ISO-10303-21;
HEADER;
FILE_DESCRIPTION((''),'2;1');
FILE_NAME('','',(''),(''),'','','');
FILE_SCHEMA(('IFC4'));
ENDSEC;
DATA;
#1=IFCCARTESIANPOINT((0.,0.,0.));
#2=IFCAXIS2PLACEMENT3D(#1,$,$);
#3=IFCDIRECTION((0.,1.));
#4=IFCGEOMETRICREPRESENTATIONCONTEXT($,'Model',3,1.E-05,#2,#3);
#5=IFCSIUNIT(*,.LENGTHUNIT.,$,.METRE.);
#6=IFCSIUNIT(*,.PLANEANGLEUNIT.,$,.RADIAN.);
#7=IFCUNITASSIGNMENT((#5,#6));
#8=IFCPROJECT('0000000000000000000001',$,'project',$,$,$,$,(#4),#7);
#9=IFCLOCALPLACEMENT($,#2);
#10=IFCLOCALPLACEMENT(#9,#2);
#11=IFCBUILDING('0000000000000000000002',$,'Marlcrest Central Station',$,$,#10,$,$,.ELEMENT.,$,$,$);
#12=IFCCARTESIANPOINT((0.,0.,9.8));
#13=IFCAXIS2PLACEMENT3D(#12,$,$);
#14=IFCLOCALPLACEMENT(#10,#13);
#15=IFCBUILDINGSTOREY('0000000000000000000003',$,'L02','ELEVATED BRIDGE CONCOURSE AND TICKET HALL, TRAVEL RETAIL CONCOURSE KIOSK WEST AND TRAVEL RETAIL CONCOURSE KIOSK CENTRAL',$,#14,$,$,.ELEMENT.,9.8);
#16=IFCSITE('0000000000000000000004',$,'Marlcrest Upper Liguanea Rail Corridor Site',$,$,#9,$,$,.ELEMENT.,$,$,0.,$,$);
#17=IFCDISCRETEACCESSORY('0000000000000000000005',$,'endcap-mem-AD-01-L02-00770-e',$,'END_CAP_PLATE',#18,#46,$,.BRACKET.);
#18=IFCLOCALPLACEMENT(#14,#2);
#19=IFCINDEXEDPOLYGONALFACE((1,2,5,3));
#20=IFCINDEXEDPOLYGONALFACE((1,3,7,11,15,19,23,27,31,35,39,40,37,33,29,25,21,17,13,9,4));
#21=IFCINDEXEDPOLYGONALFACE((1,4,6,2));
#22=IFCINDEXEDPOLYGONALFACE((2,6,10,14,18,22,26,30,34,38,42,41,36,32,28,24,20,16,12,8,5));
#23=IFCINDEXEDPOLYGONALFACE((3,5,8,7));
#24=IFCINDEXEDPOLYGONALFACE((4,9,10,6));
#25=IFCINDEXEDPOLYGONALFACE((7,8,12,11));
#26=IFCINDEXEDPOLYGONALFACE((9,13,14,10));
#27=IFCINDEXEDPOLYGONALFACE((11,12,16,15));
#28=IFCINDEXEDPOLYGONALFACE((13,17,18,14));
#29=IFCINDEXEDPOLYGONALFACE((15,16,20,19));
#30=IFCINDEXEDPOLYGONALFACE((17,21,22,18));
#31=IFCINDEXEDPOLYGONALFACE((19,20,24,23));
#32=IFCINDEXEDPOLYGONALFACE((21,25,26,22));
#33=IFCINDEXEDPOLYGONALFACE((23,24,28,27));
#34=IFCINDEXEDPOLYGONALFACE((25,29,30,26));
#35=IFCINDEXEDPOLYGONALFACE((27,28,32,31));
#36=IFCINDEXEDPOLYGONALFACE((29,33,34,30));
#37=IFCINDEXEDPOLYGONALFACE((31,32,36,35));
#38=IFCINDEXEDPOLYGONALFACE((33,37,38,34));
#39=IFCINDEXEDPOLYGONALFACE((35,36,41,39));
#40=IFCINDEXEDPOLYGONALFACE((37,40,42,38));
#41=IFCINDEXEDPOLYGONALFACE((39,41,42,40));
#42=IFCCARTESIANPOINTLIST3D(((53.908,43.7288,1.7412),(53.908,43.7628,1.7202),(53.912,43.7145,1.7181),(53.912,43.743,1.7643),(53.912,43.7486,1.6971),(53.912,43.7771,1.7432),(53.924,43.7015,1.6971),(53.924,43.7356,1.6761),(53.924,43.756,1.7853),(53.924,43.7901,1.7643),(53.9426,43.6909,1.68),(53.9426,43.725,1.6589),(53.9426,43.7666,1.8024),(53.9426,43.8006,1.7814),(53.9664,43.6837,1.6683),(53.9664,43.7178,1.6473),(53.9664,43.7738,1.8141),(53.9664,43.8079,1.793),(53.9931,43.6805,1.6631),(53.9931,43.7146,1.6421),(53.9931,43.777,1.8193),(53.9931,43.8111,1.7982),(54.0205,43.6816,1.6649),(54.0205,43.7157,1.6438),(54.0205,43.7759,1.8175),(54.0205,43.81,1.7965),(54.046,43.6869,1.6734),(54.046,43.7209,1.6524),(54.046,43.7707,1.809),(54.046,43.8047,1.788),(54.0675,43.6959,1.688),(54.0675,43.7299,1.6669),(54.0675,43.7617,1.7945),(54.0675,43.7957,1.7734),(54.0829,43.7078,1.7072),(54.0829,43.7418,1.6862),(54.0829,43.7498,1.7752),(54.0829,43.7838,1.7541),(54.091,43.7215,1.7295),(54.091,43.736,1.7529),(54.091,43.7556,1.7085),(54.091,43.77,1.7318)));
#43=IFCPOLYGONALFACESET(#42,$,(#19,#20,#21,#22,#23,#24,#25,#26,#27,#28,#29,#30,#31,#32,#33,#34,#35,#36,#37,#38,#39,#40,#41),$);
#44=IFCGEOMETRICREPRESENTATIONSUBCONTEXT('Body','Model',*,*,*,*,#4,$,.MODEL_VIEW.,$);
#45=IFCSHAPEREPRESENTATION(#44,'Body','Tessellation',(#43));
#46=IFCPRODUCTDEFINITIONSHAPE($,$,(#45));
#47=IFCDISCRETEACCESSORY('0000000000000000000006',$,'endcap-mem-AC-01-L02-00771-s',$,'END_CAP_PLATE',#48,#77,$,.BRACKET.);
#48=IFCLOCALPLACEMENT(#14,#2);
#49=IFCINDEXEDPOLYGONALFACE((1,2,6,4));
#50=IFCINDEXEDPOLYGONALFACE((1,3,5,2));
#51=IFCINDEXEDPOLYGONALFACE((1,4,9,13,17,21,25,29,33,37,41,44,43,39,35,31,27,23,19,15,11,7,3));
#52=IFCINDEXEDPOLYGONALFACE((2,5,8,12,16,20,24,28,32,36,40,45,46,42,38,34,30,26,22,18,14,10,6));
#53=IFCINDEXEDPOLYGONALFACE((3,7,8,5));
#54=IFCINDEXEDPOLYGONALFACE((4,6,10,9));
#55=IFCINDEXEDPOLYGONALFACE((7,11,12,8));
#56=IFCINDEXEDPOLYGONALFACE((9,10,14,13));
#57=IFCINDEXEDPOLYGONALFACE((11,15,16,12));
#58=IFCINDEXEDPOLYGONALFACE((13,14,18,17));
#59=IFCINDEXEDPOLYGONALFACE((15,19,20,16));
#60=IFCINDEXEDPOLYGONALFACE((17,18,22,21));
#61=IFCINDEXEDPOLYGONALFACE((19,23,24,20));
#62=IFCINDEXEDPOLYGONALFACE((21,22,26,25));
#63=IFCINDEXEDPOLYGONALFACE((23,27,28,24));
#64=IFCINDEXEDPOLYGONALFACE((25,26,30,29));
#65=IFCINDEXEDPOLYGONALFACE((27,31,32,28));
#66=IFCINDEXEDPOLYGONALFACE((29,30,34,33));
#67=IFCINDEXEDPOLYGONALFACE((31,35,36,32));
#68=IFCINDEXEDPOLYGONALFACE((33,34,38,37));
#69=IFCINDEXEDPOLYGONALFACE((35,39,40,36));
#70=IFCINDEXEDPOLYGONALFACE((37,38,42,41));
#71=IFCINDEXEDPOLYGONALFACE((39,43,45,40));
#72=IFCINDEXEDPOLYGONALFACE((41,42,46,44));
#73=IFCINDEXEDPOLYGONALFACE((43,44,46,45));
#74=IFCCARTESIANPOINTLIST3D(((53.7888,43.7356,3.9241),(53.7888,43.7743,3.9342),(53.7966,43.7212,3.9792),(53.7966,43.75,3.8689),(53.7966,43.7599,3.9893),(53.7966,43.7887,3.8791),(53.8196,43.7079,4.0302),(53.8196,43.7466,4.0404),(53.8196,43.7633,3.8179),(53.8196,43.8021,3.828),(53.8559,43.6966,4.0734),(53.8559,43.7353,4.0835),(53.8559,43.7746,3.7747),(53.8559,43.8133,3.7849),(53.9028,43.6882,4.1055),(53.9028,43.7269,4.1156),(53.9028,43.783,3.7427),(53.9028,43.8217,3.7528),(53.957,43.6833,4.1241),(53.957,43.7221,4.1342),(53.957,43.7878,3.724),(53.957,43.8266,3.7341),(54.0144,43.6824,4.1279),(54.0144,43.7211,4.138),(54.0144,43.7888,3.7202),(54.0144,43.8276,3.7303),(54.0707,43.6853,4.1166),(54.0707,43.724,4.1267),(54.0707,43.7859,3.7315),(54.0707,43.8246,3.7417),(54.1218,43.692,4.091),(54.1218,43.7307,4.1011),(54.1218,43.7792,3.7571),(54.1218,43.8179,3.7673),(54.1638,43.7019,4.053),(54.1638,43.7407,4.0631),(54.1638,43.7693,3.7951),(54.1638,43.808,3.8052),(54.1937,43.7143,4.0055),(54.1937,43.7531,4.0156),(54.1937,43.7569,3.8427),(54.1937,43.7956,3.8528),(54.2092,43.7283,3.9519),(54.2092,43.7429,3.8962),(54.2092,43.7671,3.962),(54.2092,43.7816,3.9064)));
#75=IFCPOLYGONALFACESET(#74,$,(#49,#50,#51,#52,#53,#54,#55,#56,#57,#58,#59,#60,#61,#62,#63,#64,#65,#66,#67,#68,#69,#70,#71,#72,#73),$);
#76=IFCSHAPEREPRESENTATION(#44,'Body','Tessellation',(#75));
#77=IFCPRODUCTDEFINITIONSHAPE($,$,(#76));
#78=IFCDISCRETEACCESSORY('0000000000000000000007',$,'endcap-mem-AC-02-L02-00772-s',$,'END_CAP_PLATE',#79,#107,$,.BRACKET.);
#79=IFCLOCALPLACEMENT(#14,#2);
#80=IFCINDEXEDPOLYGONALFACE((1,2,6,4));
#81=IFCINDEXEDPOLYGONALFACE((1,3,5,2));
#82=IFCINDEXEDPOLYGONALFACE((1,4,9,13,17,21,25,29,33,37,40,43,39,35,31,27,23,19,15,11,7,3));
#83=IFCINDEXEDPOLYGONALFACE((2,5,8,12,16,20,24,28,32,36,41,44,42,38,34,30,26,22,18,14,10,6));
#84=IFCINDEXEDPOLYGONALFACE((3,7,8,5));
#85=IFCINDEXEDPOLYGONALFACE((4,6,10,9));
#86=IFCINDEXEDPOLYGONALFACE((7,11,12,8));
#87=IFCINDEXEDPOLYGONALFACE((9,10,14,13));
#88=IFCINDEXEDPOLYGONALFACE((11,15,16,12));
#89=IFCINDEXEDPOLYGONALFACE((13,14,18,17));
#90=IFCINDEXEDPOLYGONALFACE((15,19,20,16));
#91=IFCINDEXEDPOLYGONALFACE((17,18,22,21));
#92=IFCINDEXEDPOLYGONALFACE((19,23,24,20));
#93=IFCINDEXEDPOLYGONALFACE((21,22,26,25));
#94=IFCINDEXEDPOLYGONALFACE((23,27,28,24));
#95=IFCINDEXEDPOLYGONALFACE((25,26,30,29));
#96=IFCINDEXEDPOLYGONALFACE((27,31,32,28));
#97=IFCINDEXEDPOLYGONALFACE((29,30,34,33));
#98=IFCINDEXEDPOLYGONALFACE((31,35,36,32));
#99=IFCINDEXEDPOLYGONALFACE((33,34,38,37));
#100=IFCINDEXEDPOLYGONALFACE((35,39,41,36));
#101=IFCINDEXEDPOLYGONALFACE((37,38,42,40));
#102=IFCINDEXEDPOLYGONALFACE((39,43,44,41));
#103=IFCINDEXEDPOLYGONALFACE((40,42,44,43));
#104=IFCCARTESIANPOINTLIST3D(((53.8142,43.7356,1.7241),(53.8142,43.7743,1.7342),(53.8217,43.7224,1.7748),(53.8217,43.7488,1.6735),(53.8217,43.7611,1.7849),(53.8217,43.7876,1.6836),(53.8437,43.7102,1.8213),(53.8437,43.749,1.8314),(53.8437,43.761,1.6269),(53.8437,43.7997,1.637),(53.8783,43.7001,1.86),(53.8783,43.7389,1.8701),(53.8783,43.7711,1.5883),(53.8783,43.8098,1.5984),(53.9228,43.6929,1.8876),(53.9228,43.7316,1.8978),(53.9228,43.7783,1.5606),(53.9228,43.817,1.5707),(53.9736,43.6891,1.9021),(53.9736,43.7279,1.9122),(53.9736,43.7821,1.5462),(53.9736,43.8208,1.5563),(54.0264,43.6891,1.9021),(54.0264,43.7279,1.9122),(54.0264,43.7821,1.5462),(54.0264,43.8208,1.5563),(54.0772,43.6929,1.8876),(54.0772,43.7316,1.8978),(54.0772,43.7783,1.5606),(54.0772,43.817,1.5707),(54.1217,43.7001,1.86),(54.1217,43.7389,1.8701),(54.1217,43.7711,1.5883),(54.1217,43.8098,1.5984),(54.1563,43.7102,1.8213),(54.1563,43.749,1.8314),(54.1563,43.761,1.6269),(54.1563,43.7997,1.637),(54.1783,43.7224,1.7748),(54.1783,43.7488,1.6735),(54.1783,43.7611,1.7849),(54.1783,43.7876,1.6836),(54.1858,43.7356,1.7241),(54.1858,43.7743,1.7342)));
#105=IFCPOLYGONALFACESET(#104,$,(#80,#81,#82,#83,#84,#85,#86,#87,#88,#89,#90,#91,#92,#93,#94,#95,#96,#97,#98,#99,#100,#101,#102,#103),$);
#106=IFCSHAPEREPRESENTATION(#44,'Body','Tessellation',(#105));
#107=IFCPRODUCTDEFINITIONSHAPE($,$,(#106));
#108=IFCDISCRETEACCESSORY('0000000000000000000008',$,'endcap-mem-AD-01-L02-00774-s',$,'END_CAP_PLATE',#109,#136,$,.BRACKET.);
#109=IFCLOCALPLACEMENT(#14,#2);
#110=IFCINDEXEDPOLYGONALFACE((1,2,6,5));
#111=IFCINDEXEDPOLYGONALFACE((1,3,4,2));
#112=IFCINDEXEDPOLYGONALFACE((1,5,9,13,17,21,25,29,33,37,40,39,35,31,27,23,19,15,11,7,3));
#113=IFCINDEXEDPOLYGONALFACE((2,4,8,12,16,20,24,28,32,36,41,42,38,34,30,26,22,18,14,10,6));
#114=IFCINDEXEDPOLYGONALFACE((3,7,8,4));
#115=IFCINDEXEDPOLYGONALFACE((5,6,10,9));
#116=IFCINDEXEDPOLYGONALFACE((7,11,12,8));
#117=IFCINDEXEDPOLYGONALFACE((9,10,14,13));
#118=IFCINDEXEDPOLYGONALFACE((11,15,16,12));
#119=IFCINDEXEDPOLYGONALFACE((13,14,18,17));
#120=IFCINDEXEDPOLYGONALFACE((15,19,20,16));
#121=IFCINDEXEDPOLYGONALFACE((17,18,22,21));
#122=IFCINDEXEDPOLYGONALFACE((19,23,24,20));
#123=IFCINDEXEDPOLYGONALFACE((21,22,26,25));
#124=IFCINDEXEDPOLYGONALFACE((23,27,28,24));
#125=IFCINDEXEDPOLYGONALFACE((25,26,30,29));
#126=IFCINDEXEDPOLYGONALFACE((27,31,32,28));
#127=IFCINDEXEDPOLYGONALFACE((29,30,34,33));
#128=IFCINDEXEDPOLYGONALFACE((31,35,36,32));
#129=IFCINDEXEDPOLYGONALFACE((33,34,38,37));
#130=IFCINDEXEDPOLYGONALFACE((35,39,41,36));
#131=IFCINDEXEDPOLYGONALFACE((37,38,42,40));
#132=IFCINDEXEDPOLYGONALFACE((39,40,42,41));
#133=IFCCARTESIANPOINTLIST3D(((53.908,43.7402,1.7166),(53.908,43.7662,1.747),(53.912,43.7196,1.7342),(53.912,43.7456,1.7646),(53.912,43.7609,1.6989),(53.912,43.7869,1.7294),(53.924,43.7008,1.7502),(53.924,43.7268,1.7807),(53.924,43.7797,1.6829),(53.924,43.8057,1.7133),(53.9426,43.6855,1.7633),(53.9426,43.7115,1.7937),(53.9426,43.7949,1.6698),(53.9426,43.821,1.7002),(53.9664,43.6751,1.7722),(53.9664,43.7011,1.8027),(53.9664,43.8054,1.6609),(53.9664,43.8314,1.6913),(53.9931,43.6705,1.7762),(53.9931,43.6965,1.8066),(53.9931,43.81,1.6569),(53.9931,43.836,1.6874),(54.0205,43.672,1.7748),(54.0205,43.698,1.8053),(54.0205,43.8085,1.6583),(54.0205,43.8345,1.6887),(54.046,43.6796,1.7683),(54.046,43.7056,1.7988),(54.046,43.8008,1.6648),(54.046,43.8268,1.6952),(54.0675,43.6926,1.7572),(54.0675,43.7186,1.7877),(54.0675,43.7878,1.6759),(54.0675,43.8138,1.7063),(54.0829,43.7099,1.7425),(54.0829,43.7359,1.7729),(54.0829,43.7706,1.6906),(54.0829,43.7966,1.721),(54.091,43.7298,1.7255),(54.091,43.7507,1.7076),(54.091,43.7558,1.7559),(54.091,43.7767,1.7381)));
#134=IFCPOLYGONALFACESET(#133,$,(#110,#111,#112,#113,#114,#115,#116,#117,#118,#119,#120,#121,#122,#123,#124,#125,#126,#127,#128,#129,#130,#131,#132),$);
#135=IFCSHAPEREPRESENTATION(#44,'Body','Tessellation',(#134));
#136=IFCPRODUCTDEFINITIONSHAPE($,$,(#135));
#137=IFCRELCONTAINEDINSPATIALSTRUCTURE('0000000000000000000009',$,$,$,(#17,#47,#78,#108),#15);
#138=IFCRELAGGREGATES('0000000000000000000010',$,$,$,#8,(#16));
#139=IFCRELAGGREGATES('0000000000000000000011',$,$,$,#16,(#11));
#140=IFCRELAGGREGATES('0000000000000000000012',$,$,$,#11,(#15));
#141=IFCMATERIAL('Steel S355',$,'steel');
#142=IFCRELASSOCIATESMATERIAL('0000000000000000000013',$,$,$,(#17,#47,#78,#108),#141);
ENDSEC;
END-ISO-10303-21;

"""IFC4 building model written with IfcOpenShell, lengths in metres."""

from ifc_helpers import new_model, si_unit, direction, frame, origin, origin_2d, place, context, subcontext, project, spatial, circle, extrude, material, element, save


model = new_model("IFC4")

# Units and contexts
model_context = context("Model", 3, precision=1e-05, world=origin(), true_north=direction((0.0, 1.0)))
body_context = subcontext(model_context, "Body", "Model", "MODEL_VIEW")
ifc_project = project(units=[si_unit("LENGTHUNIT", "METRE"), si_unit("PLANEANGLEUNIT", "RADIAN")], contexts=[model_context])

# Site, building, storey
site_placement = place(None, origin())
site = spatial("IfcSite", under=ifc_project, at=site_placement, Name="Marlcrest Upper Liguanea Rail Corridor Site", CompositionType="ELEMENT", RefElevation=0.0)
building_placement = place(site_placement, origin())
building = spatial("IfcBuilding", under=site, at=building_placement, Name="Marlcrest Central Station", CompositionType="ELEMENT")
storey_placement = place(building_placement, frame((0.0, 0.0, 9.8)))
storey = spatial("IfcBuildingStorey", under=building, at=storey_placement, Name="L02", Description="ELEVATED BRIDGE CONCOURSE AND TICKET HALL, TRAVEL RETAIL CONCOURSE KIOSK WEST AND TRAVEL RETAIL CONCOURSE KIOSK CENTRAL", CompositionType="ELEMENT", Elevation=9.8)

# Shared definitions
ifc_material_1 = material(Name="Steel S355", Category="steel")

# Discrete accessories
for number, where, z_axis, x_axis, name in (
    (1, (54.0, 43.7288, 1.7412), (0.0, 0.850687, -0.525672), (-1.0, 0.0, 0.0), "endcap-mem-AD-01-L02-00770-e"),
):
    element("IfcDiscreteAccessory", number, at=place(storey_placement, frame(where, z_axis=z_axis, x_axis=x_axis)), inside=storey, material=ifc_material_1, Name=name, ObjectType="END_CAP_PLATE", PredefinedType="BRACKET", context=body_context, shape_type="SweptSolid", body=[
        extrude(circle(Radius=0.092, at=origin_2d()), origin(), (0.0, 0.0, 1.0), 0.04),
    ])
discrete_accessory_1_placement = place(storey_placement, frame((54.0, 43.7356, 3.9241), z_axis=(0.0, 0.967539, 0.25272), x_axis=(-1.0, 0.0, 0.0)))
element("IfcDiscreteAccessory", 2, at=discrete_accessory_1_placement, inside=storey, material=ifc_material_1, Name="endcap-mem-AC-01-L02-00771-s", ObjectType="END_CAP_PLATE", PredefinedType="BRACKET", context=body_context, shape_type="SweptSolid", body=[
    extrude(circle(Radius=0.2112, at=origin_2d()), origin(), (0.0, 0.0, 1.0), 0.04),
])
discrete_accessory_2_placement = place(storey_placement, frame((54.0, 43.7356, 1.7241), z_axis=(0.0, 0.967563, 0.252629), x_axis=(-1.0, 0.0, 0.0)))
element("IfcDiscreteAccessory", 3, at=discrete_accessory_2_placement, inside=storey, material=ifc_material_1, Name="endcap-mem-AC-02-L02-00772-s", ObjectType="END_CAP_PLATE", PredefinedType="BRACKET", context=body_context, shape_type="SweptSolid", body=[
    extrude(circle(Radius=0.1858, at=origin_2d()), origin(), (0.0, 0.0, 1.0), 0.04),
])
discrete_accessory_3_placement = place(storey_placement, frame((54.0, 43.7402, 1.7166), z_axis=(0.0, 0.649625, 0.760255), x_axis=(-1.0, 0.0, 0.0)))
element("IfcDiscreteAccessory", 4, at=discrete_accessory_3_placement, inside=storey, material=ifc_material_1, Name="endcap-mem-AD-01-L02-00774-s", ObjectType="END_CAP_PLATE", PredefinedType="BRACKET", context=body_context, shape_type="SweptSolid", body=[
    extrude(circle(Radius=0.092, at=origin_2d()), origin(), (0.0, 0.0, 1.0), 0.04),
])

save(model, "model.ifc")
